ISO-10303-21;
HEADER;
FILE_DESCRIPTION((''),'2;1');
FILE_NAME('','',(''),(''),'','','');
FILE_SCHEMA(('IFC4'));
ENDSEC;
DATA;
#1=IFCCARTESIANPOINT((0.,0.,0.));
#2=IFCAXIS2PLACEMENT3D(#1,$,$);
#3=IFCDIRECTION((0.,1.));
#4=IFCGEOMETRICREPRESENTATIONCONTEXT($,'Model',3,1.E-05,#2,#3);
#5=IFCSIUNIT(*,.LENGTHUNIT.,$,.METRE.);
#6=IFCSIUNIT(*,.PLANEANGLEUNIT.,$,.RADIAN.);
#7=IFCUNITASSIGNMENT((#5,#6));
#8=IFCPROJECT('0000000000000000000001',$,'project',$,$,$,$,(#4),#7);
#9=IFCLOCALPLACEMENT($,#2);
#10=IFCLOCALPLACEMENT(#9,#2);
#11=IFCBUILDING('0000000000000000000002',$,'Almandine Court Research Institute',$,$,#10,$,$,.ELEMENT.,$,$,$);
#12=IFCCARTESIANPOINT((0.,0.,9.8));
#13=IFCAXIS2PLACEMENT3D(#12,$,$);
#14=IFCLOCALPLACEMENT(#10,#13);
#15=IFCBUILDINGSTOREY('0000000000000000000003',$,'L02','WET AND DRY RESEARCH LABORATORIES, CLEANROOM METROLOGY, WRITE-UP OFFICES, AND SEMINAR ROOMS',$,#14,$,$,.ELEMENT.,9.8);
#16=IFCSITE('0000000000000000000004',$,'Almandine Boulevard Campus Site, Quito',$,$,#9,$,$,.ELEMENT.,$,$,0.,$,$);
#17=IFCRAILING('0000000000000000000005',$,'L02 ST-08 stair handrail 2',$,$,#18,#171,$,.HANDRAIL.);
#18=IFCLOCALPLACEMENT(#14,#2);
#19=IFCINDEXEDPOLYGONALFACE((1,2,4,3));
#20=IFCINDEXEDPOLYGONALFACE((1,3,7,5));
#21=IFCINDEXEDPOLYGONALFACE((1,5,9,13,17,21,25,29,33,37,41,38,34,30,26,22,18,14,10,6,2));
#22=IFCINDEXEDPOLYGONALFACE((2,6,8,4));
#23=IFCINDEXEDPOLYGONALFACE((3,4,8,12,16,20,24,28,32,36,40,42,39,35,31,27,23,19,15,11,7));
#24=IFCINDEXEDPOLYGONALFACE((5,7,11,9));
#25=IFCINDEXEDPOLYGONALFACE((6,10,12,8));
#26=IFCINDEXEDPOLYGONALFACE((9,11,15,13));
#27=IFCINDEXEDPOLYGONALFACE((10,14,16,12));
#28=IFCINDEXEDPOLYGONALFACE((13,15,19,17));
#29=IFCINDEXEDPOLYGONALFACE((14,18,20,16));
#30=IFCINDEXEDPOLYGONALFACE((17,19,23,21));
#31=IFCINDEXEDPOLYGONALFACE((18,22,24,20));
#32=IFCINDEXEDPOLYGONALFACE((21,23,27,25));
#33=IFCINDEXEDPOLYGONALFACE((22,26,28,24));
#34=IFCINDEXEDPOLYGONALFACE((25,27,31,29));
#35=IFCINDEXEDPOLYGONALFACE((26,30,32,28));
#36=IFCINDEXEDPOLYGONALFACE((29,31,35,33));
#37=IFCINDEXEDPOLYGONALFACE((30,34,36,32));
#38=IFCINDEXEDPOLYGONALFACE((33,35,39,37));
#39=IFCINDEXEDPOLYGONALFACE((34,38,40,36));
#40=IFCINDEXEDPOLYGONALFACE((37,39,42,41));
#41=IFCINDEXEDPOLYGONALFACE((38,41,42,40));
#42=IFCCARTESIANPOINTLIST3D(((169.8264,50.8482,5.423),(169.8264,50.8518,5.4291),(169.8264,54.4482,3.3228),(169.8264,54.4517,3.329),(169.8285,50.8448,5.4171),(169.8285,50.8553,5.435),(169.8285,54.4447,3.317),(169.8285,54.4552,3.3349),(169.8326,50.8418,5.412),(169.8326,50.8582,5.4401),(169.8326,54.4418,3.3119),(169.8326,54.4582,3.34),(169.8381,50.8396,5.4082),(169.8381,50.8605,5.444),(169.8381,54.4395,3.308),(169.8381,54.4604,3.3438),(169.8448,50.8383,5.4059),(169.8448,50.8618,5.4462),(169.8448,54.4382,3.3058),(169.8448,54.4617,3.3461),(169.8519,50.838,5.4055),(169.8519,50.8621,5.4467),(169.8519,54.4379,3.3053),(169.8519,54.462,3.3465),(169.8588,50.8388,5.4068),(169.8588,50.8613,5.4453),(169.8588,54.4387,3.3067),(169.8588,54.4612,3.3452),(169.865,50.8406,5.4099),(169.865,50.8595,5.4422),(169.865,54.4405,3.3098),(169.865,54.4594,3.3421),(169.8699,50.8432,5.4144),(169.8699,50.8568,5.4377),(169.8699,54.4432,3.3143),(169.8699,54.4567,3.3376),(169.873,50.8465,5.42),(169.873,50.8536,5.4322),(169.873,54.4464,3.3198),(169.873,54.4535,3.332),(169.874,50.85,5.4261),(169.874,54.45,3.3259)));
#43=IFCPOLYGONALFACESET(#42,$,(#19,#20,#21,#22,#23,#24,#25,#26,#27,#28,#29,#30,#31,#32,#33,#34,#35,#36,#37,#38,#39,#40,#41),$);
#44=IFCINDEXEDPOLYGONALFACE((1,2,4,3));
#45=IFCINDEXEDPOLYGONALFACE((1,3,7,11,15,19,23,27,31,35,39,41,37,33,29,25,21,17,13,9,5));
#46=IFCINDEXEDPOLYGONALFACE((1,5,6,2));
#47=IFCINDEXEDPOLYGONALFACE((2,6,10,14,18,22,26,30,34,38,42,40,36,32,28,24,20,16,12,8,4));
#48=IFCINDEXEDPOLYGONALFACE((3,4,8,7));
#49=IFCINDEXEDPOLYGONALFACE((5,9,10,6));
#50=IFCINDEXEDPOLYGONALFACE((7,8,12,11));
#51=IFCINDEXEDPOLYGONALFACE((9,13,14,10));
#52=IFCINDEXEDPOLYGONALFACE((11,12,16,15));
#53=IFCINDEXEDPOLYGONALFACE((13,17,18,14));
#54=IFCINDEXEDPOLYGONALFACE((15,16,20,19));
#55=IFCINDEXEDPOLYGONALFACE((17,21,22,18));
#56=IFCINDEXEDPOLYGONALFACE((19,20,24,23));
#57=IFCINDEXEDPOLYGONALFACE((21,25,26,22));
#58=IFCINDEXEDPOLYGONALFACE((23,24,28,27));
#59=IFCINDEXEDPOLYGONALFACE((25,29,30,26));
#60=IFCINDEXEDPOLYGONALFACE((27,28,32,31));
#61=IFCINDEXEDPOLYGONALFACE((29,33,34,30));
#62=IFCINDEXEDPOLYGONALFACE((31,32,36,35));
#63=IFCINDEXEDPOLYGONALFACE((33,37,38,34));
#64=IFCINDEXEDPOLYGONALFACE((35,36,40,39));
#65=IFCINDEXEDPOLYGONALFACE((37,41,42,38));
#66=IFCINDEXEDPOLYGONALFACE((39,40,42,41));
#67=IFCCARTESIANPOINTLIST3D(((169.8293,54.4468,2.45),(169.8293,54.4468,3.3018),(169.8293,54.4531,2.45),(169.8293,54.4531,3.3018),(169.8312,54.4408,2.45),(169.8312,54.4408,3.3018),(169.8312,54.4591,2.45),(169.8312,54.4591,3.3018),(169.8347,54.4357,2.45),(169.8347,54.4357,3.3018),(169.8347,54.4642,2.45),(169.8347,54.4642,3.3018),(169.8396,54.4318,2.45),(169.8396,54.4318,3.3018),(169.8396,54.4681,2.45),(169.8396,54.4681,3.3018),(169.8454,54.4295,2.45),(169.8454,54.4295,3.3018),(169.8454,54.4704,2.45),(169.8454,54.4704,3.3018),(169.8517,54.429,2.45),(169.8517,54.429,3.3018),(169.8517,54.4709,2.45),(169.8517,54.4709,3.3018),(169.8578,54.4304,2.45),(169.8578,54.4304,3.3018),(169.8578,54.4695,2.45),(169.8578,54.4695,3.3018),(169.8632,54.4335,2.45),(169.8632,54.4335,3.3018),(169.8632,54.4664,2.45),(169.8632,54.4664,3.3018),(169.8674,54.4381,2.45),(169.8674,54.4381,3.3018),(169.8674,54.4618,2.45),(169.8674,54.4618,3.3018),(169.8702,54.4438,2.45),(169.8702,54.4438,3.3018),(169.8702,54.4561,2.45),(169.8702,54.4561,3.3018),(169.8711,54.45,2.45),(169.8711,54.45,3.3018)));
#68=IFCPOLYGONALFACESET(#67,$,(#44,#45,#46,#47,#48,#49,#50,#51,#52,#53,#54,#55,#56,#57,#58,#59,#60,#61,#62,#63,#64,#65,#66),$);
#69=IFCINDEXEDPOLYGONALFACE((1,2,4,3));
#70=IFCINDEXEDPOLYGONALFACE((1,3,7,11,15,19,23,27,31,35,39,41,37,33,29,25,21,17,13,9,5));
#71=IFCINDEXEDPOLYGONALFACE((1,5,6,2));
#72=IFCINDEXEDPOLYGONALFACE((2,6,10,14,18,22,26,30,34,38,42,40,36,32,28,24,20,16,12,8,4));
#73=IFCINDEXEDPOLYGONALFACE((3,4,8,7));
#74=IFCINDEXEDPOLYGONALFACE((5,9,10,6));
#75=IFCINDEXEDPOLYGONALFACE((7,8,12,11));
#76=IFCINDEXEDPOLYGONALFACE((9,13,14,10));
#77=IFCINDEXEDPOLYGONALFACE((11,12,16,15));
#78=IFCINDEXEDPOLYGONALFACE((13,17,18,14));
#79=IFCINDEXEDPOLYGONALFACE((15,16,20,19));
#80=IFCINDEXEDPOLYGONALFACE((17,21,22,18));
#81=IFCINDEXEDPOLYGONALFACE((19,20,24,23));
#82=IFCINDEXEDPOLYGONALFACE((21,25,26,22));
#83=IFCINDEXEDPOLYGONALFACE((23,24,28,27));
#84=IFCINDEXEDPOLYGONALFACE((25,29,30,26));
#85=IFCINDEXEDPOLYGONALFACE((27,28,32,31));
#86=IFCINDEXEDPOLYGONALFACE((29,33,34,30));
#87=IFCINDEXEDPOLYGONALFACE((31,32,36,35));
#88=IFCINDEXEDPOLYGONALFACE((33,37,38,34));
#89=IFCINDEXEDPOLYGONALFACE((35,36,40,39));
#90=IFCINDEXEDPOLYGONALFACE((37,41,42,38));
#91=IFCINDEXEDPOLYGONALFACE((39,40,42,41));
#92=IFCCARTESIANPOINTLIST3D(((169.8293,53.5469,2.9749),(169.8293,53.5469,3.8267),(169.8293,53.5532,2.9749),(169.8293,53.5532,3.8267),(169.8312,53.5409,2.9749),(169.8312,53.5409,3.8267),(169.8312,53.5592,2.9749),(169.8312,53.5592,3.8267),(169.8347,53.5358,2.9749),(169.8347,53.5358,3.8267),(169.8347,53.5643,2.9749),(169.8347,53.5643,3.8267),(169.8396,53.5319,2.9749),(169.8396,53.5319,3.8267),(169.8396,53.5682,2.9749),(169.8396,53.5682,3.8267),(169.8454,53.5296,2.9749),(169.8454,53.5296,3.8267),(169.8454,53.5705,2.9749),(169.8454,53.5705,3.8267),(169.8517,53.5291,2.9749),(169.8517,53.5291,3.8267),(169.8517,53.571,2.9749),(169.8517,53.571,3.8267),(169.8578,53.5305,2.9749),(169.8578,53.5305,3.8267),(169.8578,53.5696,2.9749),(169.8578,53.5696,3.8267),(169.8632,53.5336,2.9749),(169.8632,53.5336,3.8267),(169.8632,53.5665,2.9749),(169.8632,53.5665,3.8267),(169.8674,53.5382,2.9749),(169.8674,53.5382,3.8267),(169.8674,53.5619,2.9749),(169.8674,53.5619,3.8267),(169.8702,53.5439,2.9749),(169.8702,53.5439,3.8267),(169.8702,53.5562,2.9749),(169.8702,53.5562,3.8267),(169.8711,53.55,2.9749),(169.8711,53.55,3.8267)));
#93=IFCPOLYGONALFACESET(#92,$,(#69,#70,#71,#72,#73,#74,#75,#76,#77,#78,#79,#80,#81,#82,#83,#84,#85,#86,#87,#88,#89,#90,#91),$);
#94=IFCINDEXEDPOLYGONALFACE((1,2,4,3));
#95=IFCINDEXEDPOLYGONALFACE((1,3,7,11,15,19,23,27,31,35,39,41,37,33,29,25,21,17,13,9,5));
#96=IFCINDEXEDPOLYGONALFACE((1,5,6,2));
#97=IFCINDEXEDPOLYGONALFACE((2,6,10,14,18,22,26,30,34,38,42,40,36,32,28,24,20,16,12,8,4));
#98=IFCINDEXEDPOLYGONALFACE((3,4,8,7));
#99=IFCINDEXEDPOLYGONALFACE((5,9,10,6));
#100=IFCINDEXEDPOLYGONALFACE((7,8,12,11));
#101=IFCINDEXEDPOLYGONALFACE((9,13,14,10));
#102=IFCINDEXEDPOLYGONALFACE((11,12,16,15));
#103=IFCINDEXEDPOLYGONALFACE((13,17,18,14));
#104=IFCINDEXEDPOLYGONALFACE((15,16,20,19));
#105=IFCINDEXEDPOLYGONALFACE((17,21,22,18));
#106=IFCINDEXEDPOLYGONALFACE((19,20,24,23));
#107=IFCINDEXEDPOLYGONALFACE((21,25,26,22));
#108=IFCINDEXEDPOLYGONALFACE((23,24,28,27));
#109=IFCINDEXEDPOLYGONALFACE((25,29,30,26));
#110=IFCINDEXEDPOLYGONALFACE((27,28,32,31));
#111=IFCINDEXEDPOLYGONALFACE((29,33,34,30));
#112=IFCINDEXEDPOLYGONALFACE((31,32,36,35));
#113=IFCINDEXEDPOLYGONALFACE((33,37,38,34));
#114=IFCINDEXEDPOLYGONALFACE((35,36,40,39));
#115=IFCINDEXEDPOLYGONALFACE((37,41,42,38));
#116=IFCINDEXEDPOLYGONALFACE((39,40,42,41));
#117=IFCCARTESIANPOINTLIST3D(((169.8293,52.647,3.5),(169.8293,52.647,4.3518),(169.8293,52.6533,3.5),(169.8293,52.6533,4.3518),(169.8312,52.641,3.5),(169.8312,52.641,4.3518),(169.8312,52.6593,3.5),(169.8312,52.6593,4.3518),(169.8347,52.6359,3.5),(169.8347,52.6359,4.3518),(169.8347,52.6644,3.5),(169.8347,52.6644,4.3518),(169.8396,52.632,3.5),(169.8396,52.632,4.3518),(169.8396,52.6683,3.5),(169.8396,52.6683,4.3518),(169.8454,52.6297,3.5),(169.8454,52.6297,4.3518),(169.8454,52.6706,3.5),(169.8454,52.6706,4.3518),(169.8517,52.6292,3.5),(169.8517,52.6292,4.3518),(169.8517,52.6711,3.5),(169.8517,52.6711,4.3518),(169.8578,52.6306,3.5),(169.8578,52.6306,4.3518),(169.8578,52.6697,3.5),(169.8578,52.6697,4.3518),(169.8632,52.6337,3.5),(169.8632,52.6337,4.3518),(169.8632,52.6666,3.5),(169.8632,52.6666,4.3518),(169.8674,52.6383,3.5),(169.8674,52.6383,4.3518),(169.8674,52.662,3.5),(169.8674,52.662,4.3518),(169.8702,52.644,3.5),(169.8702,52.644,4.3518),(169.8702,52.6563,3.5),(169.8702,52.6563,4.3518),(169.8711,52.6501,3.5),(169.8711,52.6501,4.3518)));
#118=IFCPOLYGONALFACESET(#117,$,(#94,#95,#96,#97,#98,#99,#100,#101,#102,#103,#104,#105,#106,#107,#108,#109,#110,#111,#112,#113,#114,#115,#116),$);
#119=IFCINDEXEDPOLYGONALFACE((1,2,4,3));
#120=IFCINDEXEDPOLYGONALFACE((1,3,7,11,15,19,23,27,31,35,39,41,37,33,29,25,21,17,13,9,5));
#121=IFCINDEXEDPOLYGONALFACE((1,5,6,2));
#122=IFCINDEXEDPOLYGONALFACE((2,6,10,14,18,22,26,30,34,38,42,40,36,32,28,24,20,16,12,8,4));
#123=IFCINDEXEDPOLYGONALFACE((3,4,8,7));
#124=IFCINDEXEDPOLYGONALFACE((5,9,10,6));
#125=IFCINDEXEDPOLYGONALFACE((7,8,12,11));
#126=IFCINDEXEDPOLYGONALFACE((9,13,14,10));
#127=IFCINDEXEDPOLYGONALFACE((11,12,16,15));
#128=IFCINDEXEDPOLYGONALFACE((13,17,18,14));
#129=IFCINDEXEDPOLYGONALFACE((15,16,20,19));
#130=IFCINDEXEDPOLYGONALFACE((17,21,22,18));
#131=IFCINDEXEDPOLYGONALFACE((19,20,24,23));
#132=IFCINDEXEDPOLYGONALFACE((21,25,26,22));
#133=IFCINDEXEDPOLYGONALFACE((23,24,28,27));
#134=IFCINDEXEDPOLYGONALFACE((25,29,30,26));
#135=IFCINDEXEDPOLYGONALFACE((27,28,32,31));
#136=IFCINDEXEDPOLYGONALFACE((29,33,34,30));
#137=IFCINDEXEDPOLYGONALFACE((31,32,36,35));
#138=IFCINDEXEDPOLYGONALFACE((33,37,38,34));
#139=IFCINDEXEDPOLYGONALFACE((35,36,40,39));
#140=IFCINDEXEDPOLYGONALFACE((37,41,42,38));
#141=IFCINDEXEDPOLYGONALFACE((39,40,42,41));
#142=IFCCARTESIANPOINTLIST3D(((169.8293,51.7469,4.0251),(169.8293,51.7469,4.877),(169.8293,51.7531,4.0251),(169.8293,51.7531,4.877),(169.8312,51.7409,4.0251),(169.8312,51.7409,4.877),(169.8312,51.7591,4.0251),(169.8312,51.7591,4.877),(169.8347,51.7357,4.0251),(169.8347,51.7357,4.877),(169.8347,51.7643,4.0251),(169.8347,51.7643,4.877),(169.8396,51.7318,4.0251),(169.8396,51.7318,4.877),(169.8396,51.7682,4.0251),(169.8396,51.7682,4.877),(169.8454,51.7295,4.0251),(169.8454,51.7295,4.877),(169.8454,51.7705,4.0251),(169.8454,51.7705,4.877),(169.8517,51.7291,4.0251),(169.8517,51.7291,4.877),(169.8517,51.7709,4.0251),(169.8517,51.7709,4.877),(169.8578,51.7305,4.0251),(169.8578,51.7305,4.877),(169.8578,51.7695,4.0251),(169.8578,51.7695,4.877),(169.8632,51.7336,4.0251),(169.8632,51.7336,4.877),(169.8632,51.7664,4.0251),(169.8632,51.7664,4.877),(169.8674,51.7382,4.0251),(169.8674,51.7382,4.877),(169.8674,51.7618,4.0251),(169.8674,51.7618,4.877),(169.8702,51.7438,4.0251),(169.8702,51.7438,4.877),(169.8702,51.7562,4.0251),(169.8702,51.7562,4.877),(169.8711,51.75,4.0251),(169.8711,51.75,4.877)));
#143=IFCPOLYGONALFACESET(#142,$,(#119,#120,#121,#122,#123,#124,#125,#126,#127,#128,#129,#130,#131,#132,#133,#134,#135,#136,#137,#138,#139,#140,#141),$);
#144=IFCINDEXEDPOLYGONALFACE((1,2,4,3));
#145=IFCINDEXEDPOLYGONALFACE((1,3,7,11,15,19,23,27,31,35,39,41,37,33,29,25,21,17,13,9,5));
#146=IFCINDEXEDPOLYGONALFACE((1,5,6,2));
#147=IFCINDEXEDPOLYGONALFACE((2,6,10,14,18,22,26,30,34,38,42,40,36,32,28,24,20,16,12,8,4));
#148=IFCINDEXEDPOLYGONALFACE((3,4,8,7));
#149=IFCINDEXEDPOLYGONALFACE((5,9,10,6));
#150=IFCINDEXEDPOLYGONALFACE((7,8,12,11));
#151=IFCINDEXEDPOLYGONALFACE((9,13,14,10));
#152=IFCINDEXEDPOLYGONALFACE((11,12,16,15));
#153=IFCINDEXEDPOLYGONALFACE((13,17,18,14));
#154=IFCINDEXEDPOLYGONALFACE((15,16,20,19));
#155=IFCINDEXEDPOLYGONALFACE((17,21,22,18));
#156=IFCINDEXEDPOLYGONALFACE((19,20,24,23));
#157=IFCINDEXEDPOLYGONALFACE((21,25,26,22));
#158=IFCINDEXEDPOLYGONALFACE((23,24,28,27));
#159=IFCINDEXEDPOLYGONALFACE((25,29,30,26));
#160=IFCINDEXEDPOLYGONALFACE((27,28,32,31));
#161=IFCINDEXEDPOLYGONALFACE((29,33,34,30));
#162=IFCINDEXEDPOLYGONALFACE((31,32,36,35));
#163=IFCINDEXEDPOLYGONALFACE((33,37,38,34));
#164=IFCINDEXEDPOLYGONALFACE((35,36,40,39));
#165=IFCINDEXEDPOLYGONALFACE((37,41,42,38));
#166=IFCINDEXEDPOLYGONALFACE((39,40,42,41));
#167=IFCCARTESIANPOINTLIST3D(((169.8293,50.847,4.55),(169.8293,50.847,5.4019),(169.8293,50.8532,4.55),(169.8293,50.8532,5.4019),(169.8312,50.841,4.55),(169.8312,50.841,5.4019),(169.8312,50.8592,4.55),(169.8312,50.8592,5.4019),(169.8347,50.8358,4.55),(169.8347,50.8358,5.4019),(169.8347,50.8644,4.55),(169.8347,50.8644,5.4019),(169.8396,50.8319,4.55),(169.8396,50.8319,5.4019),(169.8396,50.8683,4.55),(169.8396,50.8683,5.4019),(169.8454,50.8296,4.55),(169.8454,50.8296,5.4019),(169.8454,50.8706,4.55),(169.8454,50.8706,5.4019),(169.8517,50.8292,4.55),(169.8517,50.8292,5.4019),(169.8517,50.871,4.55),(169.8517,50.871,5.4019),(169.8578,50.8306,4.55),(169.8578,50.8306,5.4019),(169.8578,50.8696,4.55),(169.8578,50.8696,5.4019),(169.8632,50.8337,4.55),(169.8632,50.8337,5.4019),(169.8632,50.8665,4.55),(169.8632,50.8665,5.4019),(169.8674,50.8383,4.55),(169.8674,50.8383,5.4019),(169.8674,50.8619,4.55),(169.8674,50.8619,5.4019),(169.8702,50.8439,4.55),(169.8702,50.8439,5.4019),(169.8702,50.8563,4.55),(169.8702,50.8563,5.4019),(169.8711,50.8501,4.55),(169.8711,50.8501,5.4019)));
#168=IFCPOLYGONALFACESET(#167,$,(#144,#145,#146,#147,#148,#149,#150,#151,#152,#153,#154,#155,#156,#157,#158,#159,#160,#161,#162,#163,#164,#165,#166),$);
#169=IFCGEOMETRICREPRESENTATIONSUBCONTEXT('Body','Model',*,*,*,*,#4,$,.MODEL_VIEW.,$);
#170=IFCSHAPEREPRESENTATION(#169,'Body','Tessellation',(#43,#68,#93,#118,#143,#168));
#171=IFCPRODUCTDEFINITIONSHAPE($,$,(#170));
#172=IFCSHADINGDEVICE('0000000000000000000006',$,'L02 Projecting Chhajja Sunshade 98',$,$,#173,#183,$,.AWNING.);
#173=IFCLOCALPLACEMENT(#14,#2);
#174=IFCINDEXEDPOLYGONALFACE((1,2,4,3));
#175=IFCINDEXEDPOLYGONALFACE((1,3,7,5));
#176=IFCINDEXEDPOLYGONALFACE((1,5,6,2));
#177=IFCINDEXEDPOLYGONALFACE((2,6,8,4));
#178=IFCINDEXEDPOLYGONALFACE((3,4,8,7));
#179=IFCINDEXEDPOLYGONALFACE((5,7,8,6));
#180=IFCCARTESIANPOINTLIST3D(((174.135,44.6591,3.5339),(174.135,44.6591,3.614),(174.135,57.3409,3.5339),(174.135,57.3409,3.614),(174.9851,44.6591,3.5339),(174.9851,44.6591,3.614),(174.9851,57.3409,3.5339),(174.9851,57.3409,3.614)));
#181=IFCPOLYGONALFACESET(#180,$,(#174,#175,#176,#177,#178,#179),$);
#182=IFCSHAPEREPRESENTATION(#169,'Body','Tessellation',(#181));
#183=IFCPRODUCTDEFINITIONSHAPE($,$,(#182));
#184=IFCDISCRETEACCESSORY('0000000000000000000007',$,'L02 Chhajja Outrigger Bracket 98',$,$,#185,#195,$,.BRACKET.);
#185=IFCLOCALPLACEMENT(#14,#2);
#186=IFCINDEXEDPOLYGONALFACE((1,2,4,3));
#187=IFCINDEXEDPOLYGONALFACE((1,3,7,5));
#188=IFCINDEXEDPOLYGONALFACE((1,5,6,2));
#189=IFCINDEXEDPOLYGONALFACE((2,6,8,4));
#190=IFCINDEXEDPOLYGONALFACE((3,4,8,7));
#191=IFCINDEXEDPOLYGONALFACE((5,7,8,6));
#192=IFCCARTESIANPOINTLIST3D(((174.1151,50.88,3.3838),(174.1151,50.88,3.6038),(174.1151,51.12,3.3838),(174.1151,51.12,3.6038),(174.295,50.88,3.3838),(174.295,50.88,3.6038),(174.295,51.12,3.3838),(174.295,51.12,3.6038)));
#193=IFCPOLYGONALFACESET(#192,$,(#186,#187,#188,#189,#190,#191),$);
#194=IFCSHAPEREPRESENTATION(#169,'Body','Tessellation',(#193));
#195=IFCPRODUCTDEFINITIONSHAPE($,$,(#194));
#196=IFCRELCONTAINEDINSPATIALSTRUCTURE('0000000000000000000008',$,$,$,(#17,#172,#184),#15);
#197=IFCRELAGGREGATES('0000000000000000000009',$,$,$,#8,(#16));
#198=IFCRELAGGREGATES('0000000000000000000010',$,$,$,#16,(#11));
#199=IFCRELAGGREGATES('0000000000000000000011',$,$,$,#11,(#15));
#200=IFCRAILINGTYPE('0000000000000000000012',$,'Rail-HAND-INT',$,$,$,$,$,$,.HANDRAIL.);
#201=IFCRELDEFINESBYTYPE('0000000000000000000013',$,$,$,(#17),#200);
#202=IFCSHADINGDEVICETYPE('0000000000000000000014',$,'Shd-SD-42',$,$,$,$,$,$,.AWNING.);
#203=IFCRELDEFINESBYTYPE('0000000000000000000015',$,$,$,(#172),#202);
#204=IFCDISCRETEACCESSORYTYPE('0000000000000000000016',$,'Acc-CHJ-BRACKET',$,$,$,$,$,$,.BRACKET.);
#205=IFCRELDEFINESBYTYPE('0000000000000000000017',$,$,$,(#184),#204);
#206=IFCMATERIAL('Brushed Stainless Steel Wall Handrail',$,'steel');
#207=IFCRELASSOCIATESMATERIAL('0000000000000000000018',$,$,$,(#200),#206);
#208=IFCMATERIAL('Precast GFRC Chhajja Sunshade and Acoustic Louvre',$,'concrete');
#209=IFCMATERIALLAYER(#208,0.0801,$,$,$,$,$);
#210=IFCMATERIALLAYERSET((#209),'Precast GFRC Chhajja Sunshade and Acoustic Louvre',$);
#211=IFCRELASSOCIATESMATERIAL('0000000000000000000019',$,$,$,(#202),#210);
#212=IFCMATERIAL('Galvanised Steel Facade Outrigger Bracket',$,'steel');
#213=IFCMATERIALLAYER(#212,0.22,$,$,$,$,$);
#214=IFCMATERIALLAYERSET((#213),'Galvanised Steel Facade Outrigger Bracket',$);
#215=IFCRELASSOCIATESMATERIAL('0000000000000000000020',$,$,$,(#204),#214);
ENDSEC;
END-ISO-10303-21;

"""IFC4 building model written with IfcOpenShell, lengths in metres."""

from ifc_helpers import new_model, si_unit, direction, frame, origin, origin_2d, place, context, subcontext, project, spatial, rectangle, circle, extrude, material, layer, layer_set, type_object, element, save


model = new_model("IFC4")

# Units and contexts
model_context = context("Model", 3, precision=1e-05, world=origin(), true_north=direction((0.0, 1.0)))
body_context = subcontext(model_context, "Body", "Model", "MODEL_VIEW")
ifc_project = project(units=[si_unit("LENGTHUNIT", "METRE"), si_unit("PLANEANGLEUNIT", "RADIAN")], contexts=[model_context])

# Site, building, storey
site_placement = place(None, origin())
site = spatial("IfcSite", under=ifc_project, at=site_placement, Name="Almandine Boulevard Campus Site, Quito", CompositionType="ELEMENT", RefElevation=0.0)
building_placement = place(site_placement, origin())
building = spatial("IfcBuilding", under=site, at=building_placement, Name="Almandine Court Research Institute", CompositionType="ELEMENT")
storey_placement = place(building_placement, frame((0.0, 0.0, 9.8)))
storey = spatial("IfcBuildingStorey", under=building, at=storey_placement, Name="L02", Description="WET AND DRY RESEARCH LABORATORIES, CLEANROOM METROLOGY, WRITE-UP OFFICES, AND SEMINAR ROOMS", CompositionType="ELEMENT", Elevation=9.8)

# Railing
ifc_material_1 = material(Name="Brushed Stainless Steel Wall Handrail", Category="steel")
railing_type_1 = type_object("IfcRailingType", Name="Rail-HAND-INT", PredefinedType="HANDRAIL", material=ifc_material_1)
railing_1_placement = place(storey_placement, frame((169.8501, 54.45, 2.45)))
element("IfcRailing", 1, at=railing_1_placement, inside=storey, type_object=railing_type_1, Name="L02 ST-08 stair handrail 2", PredefinedType="HANDRAIL", context=body_context, shape_type="SweptSolid", body=[
    extrude(circle(Radius=0.0239, at=origin_2d()), frame((0.0, 0.0, 0.876), z_axis=(0.0, -0.86376, 0.503904), x_axis=(1.0, 0.0, 0.0)), (0.0, 0.0, 1.0), 4.1677),
    extrude(circle(Radius=0.021, at=origin_2d()), origin(), (0.0, 0.0, 1.0), 0.8518),
    extrude(circle(Radius=0.021, at=origin_2d()), frame((0.0, -0.8999, 0.5249)), (0.0, 0.0, 1.0), 0.8518),
    extrude(circle(Radius=0.021, at=origin_2d()), frame((0.0, -1.7998, 1.05)), (0.0, 0.0, 1.0), 0.8518),
    extrude(circle(Radius=0.021, at=origin_2d()), frame((0.0, -2.7, 1.5752)), (0.0, 0.0, 1.0), 0.8518),
    extrude(circle(Radius=0.021, at=origin_2d()), frame((0.0, -3.5999, 2.1001)), (0.0, 0.0, 1.0), 0.8518),
])

# Shading device
ifc_material_2 = material(Name="Precast GFRC Chhajja Sunshade and Acoustic Louvre", Category="concrete")
ifc_layer_1 = layer(ifc_material_2, 0.0801)
ifc_layer_set_1 = layer_set([ifc_layer_1], Name="Precast GFRC Chhajja Sunshade and Acoustic Louvre")
shading_device_type = type_object("IfcShadingDeviceType", Name="Shd-SD-42", PredefinedType="AWNING", material=ifc_layer_set_1)
shading_device_placement = place(storey_placement, frame((174.5601, 51.0, 3.5339), z_axis=(0.0, 0.0, 1.0), x_axis=(0.0, -1.0, 0.0)))
element("IfcShadingDevice", 2, at=shading_device_placement, inside=storey, type_object=shading_device_type, Name="L02 Projecting Chhajja Sunshade 98", PredefinedType="AWNING", context=body_context, shape_type="SweptSolid", body=[
    extrude(rectangle(XDim=12.6819, YDim=0.8501, at=origin_2d()), origin(), (0.0, 0.0, 1.0), 0.0801),
])

# Discrete accessory
ifc_material_3 = material(Name="Galvanised Steel Facade Outrigger Bracket", Category="steel")
ifc_layer_2 = layer(ifc_material_3, 0.22)
ifc_layer_set_2 = layer_set([ifc_layer_2], Name="Galvanised Steel Facade Outrigger Bracket")
discrete_accessory_type = type_object("IfcDiscreteAccessoryType", Name="Acc-CHJ-BRACKET", PredefinedType="BRACKET", material=ifc_layer_set_2)
discrete_accessory_placement = place(storey_placement, frame((174.2051, 51.0, 3.3838), z_axis=(0.0, 0.0, 1.0), x_axis=(0.0, -1.0, 0.0)))
element("IfcDiscreteAccessory", 3, at=discrete_accessory_placement, inside=storey, type_object=discrete_accessory_type, Name="L02 Chhajja Outrigger Bracket 98", PredefinedType="BRACKET", context=body_context, shape_type="SweptSolid", body=[
    extrude(rectangle(XDim=0.24, YDim=0.1799, at=origin_2d()), origin(), (0.0, 0.0, 1.0), 0.22),
])

save(model, "model.ifc")
